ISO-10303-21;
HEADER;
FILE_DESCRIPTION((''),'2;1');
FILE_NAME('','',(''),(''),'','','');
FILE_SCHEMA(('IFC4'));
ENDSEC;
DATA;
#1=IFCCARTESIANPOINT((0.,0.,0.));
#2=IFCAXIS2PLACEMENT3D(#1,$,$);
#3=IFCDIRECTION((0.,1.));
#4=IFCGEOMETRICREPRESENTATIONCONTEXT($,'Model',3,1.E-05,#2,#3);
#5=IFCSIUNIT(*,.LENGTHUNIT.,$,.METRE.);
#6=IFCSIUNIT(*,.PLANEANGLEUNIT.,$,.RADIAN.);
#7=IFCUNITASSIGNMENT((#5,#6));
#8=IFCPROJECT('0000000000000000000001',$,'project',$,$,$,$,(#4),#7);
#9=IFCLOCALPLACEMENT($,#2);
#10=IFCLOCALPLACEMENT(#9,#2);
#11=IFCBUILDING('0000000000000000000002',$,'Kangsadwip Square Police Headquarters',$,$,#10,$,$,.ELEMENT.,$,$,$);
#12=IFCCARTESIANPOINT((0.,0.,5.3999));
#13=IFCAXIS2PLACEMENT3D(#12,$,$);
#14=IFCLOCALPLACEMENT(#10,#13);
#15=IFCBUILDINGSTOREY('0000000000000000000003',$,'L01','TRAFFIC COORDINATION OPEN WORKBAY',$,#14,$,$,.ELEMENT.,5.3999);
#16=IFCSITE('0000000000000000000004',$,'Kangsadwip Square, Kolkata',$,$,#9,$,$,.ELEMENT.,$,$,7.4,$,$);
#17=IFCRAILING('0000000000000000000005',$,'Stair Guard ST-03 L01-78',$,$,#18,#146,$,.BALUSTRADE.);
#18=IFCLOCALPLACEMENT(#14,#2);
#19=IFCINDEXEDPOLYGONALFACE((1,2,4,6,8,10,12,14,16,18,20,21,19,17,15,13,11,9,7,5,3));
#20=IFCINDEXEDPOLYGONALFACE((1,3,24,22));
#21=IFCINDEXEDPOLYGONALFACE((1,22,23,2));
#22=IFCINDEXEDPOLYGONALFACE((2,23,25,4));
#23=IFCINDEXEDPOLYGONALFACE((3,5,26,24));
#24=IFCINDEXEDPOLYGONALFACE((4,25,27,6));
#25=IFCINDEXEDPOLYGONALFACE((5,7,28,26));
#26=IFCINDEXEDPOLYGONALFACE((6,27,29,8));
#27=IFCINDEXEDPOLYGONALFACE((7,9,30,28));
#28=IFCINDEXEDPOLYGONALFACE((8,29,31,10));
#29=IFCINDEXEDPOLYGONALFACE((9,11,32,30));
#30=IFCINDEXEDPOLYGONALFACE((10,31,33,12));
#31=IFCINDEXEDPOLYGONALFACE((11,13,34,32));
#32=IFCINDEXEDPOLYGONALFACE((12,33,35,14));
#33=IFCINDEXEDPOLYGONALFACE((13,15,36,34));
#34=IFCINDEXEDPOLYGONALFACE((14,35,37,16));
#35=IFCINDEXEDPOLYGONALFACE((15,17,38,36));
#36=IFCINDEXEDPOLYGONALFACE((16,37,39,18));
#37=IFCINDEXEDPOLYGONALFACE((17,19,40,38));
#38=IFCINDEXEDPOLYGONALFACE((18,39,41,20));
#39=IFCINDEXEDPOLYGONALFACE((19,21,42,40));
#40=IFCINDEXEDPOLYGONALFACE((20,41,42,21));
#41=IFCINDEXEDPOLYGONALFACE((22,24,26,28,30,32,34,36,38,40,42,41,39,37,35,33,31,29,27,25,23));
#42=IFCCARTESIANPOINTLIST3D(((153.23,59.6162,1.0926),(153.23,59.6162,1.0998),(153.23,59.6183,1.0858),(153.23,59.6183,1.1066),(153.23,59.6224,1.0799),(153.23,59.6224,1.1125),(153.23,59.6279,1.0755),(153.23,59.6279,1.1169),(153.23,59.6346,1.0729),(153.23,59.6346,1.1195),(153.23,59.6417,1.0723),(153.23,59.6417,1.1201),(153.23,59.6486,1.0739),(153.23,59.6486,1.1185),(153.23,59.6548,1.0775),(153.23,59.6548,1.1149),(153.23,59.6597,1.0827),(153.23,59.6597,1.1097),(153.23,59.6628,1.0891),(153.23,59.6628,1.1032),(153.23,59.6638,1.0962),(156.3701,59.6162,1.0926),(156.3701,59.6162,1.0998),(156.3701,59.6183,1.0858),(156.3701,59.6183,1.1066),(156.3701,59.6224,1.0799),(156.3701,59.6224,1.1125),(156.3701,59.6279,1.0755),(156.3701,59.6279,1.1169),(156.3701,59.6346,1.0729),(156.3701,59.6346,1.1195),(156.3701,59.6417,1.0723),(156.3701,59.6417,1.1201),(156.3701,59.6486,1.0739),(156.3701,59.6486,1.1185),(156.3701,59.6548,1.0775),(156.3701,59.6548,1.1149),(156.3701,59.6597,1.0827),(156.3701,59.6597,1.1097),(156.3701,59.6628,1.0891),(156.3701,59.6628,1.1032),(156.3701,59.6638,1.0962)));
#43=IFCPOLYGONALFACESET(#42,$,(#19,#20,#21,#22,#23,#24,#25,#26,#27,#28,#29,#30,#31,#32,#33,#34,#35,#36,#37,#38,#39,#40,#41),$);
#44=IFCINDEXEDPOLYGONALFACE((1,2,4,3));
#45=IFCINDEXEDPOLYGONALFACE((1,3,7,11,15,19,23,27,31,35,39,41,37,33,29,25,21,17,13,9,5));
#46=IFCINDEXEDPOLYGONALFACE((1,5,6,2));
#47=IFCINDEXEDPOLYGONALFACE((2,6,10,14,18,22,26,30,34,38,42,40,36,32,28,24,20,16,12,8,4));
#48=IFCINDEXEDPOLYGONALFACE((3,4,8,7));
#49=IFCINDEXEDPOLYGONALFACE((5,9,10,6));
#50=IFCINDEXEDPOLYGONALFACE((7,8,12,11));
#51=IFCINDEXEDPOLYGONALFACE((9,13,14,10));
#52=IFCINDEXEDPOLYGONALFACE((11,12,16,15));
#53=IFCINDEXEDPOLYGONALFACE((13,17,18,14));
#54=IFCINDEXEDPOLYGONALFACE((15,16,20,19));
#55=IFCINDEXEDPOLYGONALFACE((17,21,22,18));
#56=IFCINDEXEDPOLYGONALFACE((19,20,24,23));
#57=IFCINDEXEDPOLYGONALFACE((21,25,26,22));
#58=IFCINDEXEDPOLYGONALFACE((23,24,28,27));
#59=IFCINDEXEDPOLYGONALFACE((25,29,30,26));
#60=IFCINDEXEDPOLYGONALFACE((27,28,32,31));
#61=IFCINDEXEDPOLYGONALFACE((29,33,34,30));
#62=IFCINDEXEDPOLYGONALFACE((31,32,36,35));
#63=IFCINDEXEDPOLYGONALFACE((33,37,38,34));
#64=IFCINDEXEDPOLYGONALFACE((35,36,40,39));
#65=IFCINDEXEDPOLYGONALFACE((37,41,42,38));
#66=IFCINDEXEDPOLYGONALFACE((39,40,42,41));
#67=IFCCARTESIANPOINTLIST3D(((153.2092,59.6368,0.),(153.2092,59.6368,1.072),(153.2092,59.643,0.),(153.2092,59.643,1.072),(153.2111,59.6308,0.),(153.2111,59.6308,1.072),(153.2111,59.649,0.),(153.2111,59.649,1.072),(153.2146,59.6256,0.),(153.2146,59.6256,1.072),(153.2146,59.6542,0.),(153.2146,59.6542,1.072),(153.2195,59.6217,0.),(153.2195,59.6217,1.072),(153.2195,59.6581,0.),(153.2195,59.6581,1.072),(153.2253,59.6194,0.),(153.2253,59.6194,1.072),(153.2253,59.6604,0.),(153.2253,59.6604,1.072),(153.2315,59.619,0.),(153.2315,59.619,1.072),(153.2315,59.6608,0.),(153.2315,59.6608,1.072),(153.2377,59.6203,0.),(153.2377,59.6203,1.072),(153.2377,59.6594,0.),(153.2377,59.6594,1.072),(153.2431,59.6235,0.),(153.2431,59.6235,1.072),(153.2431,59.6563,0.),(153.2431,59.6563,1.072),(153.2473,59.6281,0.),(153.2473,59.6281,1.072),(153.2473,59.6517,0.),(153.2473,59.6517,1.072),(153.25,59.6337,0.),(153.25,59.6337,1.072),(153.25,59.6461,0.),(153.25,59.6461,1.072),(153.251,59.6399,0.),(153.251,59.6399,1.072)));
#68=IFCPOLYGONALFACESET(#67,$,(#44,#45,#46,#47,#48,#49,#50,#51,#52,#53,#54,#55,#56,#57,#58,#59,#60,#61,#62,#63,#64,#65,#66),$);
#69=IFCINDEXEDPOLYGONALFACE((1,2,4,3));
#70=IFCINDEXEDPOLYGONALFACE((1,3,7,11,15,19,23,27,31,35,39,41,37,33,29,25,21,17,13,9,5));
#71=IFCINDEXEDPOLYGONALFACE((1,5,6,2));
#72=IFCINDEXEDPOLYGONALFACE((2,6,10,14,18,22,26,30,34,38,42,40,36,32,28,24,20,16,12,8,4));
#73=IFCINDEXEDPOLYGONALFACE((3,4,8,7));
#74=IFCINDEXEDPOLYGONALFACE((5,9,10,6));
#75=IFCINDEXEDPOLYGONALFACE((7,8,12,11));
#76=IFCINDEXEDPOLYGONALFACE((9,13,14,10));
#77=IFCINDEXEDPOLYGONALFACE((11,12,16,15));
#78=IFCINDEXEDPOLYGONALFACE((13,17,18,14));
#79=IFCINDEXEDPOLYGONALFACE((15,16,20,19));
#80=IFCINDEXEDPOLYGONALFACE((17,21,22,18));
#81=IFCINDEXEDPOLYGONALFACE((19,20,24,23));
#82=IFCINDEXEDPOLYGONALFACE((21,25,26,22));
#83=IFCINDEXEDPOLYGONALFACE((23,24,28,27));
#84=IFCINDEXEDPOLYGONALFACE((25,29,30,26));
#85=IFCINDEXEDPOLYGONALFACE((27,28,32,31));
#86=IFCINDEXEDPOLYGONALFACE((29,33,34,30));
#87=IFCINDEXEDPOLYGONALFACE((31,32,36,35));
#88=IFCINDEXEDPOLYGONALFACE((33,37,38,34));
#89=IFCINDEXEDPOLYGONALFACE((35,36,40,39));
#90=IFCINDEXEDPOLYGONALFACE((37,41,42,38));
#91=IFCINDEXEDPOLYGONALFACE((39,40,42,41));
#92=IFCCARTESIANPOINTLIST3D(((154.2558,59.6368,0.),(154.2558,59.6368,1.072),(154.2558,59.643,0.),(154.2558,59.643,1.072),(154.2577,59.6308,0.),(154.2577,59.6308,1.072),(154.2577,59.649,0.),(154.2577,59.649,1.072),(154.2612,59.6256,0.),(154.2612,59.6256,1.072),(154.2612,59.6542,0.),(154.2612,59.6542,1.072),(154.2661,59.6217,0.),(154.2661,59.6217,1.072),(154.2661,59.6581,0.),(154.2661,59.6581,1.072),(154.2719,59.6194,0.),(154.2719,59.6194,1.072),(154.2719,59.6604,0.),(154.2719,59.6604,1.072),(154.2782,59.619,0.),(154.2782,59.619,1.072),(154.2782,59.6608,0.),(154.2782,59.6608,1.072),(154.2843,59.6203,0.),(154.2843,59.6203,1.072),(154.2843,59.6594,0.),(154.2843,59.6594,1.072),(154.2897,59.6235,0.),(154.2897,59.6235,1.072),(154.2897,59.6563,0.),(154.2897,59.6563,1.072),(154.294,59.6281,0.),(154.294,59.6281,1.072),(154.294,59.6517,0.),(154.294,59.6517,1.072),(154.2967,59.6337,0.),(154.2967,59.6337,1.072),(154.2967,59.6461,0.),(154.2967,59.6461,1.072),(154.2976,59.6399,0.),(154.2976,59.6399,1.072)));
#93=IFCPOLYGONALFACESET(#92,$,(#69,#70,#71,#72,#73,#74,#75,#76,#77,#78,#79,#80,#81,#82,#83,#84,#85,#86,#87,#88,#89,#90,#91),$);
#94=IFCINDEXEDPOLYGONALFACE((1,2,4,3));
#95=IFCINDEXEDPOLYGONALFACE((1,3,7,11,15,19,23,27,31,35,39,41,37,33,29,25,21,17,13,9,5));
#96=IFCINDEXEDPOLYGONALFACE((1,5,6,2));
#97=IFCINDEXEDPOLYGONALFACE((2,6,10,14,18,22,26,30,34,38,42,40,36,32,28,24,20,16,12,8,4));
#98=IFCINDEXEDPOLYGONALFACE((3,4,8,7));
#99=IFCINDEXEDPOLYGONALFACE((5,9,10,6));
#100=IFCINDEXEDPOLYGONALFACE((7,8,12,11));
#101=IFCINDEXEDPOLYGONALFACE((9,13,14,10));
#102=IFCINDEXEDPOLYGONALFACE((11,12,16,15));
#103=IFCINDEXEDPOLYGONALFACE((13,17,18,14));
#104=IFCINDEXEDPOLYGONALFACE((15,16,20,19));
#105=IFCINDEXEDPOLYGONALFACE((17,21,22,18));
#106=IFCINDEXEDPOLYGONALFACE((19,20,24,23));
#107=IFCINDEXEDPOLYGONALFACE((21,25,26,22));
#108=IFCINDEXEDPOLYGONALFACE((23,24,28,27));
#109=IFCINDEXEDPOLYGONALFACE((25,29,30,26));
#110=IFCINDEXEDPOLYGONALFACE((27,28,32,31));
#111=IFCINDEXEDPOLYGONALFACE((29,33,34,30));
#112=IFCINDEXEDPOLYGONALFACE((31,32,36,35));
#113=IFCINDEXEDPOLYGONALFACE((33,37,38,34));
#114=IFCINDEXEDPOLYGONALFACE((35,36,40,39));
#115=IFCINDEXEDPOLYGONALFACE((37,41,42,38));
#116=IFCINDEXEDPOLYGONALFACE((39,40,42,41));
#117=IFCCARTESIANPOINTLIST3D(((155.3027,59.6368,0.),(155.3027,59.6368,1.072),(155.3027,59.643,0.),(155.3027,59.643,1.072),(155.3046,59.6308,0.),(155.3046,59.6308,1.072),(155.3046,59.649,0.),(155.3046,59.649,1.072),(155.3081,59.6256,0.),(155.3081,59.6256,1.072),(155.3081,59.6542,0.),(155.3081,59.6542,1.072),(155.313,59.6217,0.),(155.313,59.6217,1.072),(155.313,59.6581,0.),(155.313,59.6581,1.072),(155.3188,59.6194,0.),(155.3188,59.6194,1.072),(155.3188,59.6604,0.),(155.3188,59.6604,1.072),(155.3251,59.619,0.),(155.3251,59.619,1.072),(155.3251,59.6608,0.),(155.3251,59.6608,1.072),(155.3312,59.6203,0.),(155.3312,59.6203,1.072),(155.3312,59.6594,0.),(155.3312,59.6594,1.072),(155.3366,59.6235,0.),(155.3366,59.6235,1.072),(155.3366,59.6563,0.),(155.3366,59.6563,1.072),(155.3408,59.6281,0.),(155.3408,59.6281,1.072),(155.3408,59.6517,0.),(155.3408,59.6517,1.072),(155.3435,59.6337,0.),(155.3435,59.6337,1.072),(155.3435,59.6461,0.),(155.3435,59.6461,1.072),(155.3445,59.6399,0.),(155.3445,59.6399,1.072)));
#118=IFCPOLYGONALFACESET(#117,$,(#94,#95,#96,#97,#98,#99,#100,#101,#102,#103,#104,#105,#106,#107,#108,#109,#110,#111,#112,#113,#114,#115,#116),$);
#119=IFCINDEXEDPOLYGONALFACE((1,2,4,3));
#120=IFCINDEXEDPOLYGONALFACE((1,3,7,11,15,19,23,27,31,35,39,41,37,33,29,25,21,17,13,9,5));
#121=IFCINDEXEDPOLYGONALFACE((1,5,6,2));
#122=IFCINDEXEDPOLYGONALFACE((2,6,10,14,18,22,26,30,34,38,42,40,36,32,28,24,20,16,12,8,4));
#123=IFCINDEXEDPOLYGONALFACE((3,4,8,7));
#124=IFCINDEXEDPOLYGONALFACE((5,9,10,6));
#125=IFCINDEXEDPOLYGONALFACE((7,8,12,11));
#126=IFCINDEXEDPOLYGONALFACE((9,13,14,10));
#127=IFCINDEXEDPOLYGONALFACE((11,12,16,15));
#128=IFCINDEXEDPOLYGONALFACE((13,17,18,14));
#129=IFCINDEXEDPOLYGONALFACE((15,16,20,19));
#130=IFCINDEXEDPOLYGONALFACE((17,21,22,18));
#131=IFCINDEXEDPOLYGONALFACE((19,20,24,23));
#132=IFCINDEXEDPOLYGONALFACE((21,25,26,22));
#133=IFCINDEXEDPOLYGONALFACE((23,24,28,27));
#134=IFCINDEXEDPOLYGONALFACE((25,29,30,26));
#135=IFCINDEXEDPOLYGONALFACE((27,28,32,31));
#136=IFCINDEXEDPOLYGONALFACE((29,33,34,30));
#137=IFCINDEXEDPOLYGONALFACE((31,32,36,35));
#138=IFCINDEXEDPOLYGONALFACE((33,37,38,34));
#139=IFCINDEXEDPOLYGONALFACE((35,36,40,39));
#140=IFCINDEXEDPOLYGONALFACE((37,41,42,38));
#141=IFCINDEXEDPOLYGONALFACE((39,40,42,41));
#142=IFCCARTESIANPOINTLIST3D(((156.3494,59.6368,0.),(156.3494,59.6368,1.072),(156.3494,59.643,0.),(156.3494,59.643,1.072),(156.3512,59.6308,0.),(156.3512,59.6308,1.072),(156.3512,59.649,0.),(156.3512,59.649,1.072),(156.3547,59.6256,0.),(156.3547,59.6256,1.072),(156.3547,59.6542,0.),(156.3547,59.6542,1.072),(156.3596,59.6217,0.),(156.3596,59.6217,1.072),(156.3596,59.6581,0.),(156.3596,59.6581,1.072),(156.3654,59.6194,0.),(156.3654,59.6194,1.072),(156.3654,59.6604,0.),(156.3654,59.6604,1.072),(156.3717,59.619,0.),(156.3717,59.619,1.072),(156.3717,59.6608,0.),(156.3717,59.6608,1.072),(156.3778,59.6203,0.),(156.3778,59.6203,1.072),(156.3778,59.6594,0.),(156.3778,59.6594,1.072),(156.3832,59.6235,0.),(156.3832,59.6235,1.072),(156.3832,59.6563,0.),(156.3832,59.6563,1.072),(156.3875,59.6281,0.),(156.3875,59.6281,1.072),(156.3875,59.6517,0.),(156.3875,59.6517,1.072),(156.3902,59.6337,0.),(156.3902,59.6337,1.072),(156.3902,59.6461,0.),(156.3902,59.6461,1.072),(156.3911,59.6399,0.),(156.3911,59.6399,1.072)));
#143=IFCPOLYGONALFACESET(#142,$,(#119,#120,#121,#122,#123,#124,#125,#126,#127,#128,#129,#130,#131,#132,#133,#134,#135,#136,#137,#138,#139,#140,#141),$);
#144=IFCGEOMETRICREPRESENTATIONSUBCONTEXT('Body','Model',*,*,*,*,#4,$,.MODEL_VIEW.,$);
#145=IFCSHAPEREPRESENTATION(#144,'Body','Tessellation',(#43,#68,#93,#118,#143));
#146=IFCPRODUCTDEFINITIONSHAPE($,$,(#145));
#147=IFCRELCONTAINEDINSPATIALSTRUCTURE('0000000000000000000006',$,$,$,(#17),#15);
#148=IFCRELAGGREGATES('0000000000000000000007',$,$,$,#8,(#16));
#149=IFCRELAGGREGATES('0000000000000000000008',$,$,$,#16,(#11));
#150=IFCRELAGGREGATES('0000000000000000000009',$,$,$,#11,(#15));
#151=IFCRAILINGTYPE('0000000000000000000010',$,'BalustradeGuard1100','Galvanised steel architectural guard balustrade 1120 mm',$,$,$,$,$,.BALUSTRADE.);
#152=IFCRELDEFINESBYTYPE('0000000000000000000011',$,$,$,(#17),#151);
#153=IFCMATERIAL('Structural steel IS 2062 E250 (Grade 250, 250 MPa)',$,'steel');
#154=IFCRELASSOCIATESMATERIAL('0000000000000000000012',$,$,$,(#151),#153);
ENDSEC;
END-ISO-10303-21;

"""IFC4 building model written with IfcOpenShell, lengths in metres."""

from ifc_helpers import new_model, si_unit, direction, frame, origin, origin_2d, place, context, subcontext, project, spatial, circle, extrude, material, type_object, element, save


model = new_model("IFC4")

# Units and contexts
model_context = context("Model", 3, precision=1e-05, world=origin(), true_north=direction((0.0, 1.0)))
body_context = subcontext(model_context, "Body", "Model", "MODEL_VIEW")
ifc_project = project(units=[si_unit("LENGTHUNIT", "METRE"), si_unit("PLANEANGLEUNIT", "RADIAN")], contexts=[model_context])

# Site, building, storey
site_placement = place(None, origin())
site = spatial("IfcSite", under=ifc_project, at=site_placement, Name="Kangsadwip Square, Kolkata", CompositionType="ELEMENT", RefElevation=7.4)
building_placement = place(site_placement, origin())
building = spatial("IfcBuilding", under=site, at=building_placement, Name="Kangsadwip Square Police Headquarters", CompositionType="ELEMENT")
storey_placement = place(building_placement, frame((0.0, 0.0, 5.3999)))
storey = spatial("IfcBuildingStorey", under=building, at=storey_placement, Name="L01", Description="TRAFFIC COORDINATION OPEN WORKBAY", CompositionType="ELEMENT", Elevation=5.3999)

# Railing
ifc_material_1 = material(Name="Structural steel IS 2062 E250 (Grade 250, 250 MPa)", Category="steel")
railing_type_1 = type_object("IfcRailingType", Name="BalustradeGuard1100", Description="Galvanised steel architectural guard balustrade 1120 mm", PredefinedType="BALUSTRADE", material=ifc_material_1)
for number, where, name in (
    (1, (153.23, 59.6399, 0.0), "Stair Guard ST-03 L01-78"),
):
    element("IfcRailing", number, at=place(storey_placement, frame(where)), inside=storey, type_object=railing_type_1, Name=name, PredefinedType="BALUSTRADE", context=body_context, shape_type="SweptSolid", body=[
        extrude(circle(Radius=0.0239, at=origin_2d()), frame((0.0, 0.0, 1.0962), z_axis=(1.0, 0.0, 0.0), x_axis=(0.0, 1.0, 0.0)), (0.0, 0.0, 1.0), 3.1401),
        extrude(circle(Radius=0.021, at=origin_2d()), origin(), (0.0, 0.0, 1.0), 1.072),
        extrude(circle(Radius=0.021, at=origin_2d()), frame((1.0466, 0.0, 0.0)), (0.0, 0.0, 1.0), 1.072),
        extrude(circle(Radius=0.021, at=origin_2d()), frame((2.0935, 0.0, 0.0)), (0.0, 0.0, 1.0), 1.072),
        extrude(circle(Radius=0.021, at=origin_2d()), frame((3.1401, 0.0, 0.0)), (0.0, 0.0, 1.0), 1.072),
    ])

save(model, "model.ifc")
